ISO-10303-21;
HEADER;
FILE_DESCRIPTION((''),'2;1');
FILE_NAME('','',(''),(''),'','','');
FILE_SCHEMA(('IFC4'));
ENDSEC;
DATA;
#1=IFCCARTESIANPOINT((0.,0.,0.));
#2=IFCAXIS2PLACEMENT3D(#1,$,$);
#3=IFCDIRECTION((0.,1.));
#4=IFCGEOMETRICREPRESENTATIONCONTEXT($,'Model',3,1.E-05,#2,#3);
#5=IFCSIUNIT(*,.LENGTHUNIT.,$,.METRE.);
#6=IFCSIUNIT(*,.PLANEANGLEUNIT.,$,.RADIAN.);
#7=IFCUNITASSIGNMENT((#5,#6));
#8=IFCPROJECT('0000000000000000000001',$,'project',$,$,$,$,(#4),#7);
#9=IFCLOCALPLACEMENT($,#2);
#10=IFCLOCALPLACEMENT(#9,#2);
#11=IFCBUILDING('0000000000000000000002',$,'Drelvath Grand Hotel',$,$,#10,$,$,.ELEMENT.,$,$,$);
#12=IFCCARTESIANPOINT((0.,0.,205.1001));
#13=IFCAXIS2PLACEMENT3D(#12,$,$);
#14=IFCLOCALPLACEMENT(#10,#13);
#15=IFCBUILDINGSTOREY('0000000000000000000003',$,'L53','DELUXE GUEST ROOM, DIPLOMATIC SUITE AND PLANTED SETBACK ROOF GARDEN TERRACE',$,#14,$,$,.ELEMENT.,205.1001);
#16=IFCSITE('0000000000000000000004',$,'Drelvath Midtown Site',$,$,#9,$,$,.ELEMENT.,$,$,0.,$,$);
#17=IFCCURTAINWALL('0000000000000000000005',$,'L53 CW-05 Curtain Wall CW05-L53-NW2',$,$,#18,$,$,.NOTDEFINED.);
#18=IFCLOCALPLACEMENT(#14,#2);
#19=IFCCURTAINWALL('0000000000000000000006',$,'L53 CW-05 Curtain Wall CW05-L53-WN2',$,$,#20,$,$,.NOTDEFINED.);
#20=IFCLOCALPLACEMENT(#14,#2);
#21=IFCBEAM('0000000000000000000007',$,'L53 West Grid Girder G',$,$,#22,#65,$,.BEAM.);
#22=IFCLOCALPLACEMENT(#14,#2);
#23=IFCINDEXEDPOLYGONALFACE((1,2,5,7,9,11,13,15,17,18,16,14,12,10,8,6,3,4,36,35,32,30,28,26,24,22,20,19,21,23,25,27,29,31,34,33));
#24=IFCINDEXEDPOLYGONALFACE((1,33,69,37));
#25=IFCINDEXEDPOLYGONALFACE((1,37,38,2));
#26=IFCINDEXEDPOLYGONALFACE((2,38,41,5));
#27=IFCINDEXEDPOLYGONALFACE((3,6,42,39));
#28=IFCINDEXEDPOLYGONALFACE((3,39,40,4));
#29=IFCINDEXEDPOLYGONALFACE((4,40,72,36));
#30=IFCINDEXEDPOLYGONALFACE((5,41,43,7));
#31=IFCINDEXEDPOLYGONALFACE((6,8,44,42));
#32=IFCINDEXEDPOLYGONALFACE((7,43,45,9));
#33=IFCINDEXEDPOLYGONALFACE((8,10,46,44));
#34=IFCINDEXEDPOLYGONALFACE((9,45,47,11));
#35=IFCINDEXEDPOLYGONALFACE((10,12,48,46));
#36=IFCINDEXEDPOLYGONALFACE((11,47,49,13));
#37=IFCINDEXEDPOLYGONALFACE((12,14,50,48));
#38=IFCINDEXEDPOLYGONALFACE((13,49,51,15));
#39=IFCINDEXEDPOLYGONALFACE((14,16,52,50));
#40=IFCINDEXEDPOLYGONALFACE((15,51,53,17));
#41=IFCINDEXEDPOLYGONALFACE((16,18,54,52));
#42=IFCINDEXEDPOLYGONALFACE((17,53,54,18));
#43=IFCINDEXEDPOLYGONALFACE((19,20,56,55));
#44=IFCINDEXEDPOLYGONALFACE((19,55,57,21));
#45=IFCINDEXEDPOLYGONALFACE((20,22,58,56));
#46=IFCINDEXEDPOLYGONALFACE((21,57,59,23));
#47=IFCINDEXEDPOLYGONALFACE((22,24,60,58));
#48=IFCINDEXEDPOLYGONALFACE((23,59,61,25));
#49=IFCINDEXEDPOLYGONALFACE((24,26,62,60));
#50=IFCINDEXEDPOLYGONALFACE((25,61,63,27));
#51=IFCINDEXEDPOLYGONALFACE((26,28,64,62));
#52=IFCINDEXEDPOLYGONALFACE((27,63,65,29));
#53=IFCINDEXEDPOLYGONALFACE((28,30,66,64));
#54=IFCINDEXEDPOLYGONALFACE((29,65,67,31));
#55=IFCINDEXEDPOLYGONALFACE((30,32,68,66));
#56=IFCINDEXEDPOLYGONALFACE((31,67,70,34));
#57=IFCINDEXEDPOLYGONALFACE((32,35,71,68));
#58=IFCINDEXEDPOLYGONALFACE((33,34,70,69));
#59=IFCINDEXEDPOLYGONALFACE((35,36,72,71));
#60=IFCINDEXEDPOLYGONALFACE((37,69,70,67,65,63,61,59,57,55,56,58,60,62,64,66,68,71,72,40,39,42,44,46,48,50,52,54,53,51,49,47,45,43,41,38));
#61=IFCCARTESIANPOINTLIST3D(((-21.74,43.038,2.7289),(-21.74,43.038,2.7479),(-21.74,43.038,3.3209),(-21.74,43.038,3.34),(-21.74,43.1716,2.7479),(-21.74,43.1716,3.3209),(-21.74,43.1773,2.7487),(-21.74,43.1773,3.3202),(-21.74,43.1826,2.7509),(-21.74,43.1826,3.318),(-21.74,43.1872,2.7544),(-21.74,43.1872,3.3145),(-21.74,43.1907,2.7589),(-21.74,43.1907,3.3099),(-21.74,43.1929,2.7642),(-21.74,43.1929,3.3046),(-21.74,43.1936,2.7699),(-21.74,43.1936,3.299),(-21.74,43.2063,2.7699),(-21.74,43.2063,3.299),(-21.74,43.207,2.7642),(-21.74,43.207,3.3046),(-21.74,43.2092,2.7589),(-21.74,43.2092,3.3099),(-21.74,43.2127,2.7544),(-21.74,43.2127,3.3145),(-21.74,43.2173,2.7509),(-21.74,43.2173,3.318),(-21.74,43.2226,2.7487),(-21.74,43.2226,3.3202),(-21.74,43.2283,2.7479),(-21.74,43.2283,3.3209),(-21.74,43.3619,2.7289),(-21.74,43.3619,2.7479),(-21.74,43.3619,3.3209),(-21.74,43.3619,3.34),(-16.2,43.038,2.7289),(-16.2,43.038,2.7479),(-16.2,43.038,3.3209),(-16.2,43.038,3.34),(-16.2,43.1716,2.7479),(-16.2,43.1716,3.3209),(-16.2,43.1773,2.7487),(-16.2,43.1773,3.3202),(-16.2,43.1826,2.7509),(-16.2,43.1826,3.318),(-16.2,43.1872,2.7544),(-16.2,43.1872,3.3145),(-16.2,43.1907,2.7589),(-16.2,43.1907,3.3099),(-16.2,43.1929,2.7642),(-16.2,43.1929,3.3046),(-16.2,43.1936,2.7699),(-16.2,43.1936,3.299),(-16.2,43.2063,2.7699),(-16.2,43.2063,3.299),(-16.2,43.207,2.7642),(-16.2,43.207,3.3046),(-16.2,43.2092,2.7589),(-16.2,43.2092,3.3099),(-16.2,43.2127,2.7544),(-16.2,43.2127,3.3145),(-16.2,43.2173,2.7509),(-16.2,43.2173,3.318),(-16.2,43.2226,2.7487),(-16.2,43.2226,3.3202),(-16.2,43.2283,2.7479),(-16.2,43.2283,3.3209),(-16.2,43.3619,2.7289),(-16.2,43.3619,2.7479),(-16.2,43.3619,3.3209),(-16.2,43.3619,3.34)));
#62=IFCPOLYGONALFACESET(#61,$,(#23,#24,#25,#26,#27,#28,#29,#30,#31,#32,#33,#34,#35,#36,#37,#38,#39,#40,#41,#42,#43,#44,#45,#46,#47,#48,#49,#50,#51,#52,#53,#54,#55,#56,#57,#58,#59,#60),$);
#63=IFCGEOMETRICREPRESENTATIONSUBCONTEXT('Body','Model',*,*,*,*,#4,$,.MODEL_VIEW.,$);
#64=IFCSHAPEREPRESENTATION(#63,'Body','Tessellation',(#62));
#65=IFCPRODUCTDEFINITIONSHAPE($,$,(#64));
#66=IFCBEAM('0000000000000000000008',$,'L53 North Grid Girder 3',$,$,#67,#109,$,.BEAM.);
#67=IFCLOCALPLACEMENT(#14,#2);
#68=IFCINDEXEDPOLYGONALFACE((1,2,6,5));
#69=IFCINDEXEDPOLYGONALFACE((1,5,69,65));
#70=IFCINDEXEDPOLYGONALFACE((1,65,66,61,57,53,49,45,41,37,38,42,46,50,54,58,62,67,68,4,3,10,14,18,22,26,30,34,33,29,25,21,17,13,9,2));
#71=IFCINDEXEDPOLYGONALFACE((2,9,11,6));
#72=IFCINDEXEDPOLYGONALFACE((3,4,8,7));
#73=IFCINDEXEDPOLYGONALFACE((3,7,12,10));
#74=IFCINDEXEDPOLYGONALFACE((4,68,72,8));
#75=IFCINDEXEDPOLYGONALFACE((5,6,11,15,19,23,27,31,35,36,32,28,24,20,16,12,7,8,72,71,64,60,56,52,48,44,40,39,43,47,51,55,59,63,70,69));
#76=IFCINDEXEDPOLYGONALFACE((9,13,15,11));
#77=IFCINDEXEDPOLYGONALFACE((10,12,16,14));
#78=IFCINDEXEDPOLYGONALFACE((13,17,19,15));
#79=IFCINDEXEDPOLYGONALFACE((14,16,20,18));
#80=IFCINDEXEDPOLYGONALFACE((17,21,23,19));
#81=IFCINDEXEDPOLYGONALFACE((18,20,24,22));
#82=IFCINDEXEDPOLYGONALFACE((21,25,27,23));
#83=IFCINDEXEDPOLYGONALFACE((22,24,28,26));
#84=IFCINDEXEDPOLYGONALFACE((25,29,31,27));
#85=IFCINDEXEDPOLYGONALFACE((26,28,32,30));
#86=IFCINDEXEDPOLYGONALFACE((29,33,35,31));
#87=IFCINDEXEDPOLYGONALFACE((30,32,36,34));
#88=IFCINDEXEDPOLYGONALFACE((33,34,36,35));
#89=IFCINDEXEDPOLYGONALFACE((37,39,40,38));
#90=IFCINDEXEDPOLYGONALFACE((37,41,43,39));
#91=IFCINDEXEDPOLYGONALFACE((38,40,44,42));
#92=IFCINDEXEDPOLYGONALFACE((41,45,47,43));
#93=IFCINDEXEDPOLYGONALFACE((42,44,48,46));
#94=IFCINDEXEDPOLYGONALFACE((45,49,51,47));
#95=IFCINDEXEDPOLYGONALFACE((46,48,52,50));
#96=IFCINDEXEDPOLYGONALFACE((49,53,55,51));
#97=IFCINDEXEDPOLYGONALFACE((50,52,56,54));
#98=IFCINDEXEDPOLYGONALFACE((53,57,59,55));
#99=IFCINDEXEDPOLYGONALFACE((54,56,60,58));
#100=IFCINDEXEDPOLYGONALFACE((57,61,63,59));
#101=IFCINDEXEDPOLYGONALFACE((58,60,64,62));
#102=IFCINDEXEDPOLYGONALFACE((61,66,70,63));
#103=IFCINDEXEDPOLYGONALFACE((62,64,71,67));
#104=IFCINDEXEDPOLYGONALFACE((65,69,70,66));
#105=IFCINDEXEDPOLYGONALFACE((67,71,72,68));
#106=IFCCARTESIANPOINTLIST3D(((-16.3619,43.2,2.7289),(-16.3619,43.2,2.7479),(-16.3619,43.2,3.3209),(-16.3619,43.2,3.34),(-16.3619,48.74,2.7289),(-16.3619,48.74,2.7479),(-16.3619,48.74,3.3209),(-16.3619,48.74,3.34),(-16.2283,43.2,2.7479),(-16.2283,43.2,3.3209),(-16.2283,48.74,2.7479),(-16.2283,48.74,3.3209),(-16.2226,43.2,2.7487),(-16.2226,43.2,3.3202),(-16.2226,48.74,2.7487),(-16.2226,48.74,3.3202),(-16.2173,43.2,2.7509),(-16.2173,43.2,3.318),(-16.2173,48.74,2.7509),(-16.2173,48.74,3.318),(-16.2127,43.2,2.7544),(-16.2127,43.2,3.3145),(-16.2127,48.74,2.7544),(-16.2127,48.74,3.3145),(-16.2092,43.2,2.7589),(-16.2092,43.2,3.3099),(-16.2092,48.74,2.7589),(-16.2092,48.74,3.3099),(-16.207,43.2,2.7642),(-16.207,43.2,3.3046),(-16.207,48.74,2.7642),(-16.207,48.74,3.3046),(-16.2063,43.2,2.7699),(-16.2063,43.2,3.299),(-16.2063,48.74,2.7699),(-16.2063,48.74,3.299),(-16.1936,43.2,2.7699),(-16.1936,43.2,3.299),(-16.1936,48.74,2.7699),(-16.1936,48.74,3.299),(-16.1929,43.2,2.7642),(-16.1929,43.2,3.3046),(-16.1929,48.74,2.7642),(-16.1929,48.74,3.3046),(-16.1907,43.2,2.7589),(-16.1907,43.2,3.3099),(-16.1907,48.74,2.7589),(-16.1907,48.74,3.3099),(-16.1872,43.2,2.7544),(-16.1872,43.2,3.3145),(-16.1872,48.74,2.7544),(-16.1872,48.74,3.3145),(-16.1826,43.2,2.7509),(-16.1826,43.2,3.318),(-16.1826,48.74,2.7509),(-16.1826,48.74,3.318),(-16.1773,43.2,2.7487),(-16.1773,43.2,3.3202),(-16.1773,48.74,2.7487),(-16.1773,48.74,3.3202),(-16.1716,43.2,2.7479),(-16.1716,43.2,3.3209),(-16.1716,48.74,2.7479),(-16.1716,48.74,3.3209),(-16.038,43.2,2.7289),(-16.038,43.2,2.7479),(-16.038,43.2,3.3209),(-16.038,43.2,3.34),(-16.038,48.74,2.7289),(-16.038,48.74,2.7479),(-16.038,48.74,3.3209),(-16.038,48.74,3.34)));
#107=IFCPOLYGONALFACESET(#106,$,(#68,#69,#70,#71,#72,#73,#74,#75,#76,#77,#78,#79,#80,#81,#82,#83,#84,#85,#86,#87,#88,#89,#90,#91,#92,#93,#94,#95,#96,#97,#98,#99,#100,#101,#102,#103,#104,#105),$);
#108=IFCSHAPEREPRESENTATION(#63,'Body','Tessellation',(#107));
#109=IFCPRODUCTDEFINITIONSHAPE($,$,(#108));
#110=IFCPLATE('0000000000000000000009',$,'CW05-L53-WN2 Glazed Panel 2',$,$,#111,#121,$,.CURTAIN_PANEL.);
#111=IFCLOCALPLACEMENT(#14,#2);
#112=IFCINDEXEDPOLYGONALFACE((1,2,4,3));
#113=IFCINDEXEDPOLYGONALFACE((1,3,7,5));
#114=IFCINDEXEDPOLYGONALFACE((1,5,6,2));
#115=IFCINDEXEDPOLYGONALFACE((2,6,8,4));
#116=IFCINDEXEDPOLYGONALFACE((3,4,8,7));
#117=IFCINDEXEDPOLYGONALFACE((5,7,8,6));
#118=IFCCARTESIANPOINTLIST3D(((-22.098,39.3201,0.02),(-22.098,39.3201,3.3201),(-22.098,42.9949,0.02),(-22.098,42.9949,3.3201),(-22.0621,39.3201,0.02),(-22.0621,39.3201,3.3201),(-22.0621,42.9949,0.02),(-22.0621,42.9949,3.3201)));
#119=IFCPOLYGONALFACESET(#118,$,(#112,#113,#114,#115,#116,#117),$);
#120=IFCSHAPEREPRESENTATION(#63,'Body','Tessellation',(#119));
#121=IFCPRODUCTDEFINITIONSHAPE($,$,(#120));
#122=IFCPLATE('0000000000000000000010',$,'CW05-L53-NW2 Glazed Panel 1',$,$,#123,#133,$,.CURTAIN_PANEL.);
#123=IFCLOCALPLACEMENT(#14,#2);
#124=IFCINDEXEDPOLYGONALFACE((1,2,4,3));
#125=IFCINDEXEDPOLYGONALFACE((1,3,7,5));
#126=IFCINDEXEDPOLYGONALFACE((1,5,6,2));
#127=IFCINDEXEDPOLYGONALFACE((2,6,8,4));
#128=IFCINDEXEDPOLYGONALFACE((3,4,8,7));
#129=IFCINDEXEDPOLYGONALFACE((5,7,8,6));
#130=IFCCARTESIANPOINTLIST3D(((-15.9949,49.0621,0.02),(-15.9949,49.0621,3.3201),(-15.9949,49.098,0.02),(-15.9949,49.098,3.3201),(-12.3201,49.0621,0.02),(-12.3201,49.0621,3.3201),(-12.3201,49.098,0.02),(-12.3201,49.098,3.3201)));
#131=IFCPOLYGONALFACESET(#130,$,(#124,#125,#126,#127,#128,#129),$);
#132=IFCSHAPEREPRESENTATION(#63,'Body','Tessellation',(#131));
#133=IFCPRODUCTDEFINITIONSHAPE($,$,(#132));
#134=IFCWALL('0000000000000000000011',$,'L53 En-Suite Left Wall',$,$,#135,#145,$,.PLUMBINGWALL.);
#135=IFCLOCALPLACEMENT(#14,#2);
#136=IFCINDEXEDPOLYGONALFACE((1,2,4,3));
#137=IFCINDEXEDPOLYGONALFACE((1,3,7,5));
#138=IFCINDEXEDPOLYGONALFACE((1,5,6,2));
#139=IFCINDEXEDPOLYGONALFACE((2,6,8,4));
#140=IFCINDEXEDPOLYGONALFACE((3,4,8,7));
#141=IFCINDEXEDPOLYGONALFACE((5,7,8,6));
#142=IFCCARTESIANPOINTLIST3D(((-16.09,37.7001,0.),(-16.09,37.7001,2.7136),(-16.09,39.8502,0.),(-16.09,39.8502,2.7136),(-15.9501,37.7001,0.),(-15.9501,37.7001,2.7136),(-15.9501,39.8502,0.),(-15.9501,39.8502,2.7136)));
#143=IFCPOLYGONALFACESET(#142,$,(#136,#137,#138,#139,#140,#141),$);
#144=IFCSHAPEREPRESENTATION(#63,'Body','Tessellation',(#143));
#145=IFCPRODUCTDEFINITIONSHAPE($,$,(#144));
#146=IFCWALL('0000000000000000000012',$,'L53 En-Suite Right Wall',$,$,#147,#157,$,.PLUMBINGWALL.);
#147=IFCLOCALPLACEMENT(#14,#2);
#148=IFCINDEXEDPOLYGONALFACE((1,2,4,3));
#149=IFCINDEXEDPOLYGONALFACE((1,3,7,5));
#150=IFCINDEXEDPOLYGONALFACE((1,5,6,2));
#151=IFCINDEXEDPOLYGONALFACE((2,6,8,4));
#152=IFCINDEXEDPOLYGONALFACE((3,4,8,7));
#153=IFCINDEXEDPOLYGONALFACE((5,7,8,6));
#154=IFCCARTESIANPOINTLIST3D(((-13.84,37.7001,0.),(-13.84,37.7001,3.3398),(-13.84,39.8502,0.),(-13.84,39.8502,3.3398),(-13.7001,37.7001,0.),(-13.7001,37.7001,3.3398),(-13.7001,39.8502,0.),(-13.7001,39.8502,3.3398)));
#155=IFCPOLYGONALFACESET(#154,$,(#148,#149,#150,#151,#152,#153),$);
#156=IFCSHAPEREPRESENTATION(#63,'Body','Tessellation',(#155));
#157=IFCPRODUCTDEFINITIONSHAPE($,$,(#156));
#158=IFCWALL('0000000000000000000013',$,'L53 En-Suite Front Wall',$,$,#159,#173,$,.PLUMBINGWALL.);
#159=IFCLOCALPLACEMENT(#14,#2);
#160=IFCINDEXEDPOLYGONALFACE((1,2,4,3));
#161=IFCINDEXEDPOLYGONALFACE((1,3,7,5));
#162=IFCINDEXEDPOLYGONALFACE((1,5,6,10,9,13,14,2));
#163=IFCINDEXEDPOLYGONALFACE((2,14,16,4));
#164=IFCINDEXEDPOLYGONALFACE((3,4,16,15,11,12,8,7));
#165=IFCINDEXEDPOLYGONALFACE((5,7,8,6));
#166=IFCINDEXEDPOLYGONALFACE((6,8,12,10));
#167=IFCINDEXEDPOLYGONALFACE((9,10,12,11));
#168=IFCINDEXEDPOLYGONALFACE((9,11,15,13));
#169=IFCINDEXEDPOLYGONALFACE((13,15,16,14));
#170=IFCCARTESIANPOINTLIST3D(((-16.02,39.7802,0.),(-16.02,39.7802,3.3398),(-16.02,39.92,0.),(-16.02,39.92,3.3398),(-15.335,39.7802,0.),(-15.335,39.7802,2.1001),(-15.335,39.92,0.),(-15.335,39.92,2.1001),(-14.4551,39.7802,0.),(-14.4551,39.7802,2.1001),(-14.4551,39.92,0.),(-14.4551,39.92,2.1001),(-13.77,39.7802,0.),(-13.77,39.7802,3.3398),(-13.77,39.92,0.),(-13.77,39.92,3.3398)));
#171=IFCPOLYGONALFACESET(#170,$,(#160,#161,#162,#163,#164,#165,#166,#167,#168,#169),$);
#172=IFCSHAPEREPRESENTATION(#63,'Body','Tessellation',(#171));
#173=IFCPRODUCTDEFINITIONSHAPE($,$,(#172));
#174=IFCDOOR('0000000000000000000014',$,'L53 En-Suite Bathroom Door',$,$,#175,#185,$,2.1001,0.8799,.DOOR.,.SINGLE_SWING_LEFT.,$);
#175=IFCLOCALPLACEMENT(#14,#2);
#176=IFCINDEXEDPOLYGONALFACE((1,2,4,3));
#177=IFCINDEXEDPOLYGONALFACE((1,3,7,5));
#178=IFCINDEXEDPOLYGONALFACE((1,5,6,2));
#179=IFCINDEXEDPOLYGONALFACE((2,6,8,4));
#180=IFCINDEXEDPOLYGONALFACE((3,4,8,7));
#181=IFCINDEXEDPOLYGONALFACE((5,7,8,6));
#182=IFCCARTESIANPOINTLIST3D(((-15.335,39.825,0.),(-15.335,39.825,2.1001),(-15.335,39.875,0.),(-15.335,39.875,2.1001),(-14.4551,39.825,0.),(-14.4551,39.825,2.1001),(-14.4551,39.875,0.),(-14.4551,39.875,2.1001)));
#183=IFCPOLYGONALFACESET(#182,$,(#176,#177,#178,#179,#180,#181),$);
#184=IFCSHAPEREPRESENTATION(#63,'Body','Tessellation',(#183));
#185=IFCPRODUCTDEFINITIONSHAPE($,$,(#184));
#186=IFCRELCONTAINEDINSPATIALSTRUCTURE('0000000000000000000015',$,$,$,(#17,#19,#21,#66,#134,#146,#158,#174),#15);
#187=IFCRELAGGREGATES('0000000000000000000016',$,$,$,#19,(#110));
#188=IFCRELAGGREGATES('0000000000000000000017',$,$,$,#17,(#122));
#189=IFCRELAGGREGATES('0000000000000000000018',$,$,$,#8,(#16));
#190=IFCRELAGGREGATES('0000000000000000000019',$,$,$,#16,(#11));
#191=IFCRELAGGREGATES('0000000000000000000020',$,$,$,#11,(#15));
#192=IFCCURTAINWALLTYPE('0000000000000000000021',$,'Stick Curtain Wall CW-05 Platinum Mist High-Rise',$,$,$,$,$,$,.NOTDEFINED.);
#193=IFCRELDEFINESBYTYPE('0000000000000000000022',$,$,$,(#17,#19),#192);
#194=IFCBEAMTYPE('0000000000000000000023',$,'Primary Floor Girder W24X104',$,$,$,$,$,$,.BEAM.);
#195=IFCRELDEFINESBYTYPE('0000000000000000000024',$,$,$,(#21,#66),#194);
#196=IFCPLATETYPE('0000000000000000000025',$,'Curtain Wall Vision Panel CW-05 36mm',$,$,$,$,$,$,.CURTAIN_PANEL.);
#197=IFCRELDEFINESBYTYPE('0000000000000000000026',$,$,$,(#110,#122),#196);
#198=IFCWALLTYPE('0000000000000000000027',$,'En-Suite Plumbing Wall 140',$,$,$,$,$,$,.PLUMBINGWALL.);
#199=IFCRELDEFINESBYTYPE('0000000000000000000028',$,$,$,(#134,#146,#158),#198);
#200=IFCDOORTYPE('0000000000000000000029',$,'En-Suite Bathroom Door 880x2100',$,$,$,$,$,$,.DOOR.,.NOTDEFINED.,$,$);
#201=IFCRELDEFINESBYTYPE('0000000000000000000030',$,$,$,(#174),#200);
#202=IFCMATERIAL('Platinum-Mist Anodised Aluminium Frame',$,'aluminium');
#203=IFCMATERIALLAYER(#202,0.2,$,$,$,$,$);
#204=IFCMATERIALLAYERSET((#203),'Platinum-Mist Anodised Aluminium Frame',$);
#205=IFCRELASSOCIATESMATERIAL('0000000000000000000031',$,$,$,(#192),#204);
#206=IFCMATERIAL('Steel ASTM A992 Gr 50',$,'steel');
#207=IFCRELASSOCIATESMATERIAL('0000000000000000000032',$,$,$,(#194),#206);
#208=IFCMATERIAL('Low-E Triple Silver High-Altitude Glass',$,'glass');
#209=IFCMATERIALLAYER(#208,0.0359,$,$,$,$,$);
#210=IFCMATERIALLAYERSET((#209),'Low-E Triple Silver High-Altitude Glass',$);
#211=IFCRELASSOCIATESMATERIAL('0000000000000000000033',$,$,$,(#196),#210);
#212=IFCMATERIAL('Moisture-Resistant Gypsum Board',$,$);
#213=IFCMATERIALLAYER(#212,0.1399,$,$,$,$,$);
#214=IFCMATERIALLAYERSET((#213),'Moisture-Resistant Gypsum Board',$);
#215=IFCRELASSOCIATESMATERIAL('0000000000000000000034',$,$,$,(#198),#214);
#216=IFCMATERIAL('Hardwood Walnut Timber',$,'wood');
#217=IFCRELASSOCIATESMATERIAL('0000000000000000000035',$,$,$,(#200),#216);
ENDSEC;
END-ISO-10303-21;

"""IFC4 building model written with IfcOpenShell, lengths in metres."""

from ifc_helpers import new_model, si_unit, direction, frame, frame_2d, origin, origin_2d, place, context, subcontext, project, spatial, rectangle, i_section, extrude, material, layer, layer_set, material_profile, profile_set, type_object, element, fill, aggregate, save


model = new_model("IFC4")

# Units and contexts
model_context = context("Model", 3, precision=1e-05, world=origin(), true_north=direction((0.0, 1.0)))
body_context = subcontext(model_context, "Body", "Model", "MODEL_VIEW")
ifc_project = project(units=[si_unit("LENGTHUNIT", "METRE"), si_unit("PLANEANGLEUNIT", "RADIAN")], contexts=[model_context])

# Site, building, storey
site_placement = place(None, origin())
site = spatial("IfcSite", under=ifc_project, at=site_placement, Name="Drelvath Midtown Site", CompositionType="ELEMENT", RefElevation=0.0)
building_placement = place(site_placement, origin())
building = spatial("IfcBuilding", under=site, at=building_placement, Name="Drelvath Grand Hotel", CompositionType="ELEMENT")
storey_placement = place(building_placement, frame((0.0, 0.0, 205.1001)))
storey = spatial("IfcBuildingStorey", under=building, at=storey_placement, Name="L53", Description="DELUXE GUEST ROOM, DIPLOMATIC SUITE AND PLANTED SETBACK ROOF GARDEN TERRACE", CompositionType="ELEMENT", Elevation=205.1001)

# Shared definitions
ifc_material_1 = material(Name="Steel ASTM A992 Gr 50", Category="steel")

# Curtain wall
ifc_material_2 = material(Name="Platinum-Mist Anodised Aluminium Frame", Category="aluminium")
ifc_layer_1 = layer(ifc_material_2, 0.2)
ifc_layer_set_1 = layer_set([ifc_layer_1], Name="Platinum-Mist Anodised Aluminium Frame")
curtain_wall_type = type_object("IfcCurtainWallType", Name="Stick Curtain Wall CW-05 Platinum Mist High-Rise", PredefinedType="NOTDEFINED", material=ifc_layer_set_1)
curtain_wall_1_placement = place(storey_placement, origin())
curtain_wall_1 = element("IfcCurtainWall", 1, at=curtain_wall_1_placement, inside=storey, type_object=curtain_wall_type, Name="L53 CW-05 Curtain Wall CW05-L53-NW2", PredefinedType="NOTDEFINED")

# Curtain wall
curtain_wall_2_placement = place(storey_placement, origin())
curtain_wall_2 = element("IfcCurtainWall", 2, at=curtain_wall_2_placement, inside=storey, type_object=curtain_wall_type, Name="L53 CW-05 Curtain Wall CW05-L53-WN2", PredefinedType="NOTDEFINED")

# Beams
ifc_material_profile_1 = material_profile(ifc_material_1, i_section(OverallWidth=0.324, OverallDepth=0.6111, WebThickness=0.0127, FlangeThickness=0.019, FilletRadius=0.022, at=origin_2d()), Name="W24X104")
ifc_profile_set_1 = profile_set([ifc_material_profile_1], Name="Steel ASTM A992 Gr 50")
beam_type_1 = type_object("IfcBeamType", Name="Primary Floor Girder W24X104", PredefinedType="BEAM", material=ifc_profile_set_1)
for number, where, z_axis, x_axis, name in (
    (3, (-21.74, 43.2, 3.0344), (1.0, 0.0, 0.0), (0.0, 1.0, 0.0), "L53 West Grid Girder G"),
    (4, (-16.2, 43.2, 3.0344), (0.0, 1.0, 0.0), (-1.0, 0.0, 0.0), "L53 North Grid Girder 3"),
):
    element("IfcBeam", number, at=place(storey_placement, frame(where, z_axis=z_axis, x_axis=x_axis)), inside=storey, type_object=beam_type_1, Name=name, PredefinedType="BEAM", context=body_context, shape_type="SweptSolid", body=[
        extrude(i_section(OverallWidth=0.324, OverallDepth=0.6111, WebThickness=0.0127, FlangeThickness=0.019, FilletRadius=0.022, at=origin_2d()), origin(), (0.0, 0.0, 1.0), 5.54),
    ])

# Plates
ifc_material_3 = material(Name="Low-E Triple Silver High-Altitude Glass", Category="glass")
ifc_layer_2 = layer(ifc_material_3, 0.0359)
ifc_layer_set_2 = layer_set([ifc_layer_2], Name="Low-E Triple Silver High-Altitude Glass")
plate_type = type_object("IfcPlateType", Name="Curtain Wall Vision Panel CW-05 36mm", PredefinedType="CURTAIN_PANEL", material=ifc_layer_set_2)
plate_1_placement = place(storey_placement, frame((-22.0801, 41.1575, 0.02), z_axis=(0.0, 0.0, 1.0), x_axis=(0.0, 1.0, 0.0)))
plate_1 = element("IfcPlate", 5, at=plate_1_placement, type_object=plate_type, Name="CW05-L53-WN2 Glazed Panel 2", PredefinedType="CURTAIN_PANEL", context=body_context, shape_type="SweptSolid", body=[
    extrude(rectangle(XDim=3.6748, YDim=0.0359, at=origin_2d()), origin(), (0.0, 0.0, 1.0), 3.3),
])
aggregate(curtain_wall_2, [plate_1])
plate_2_placement = place(storey_placement, frame((-14.1575, 49.0801, 0.02), z_axis=(0.0, 0.0, 1.0), x_axis=(1.0, 0.0, 0.0)))
plate_2 = element("IfcPlate", 6, at=plate_2_placement, type_object=plate_type, Name="CW05-L53-NW2 Glazed Panel 1", PredefinedType="CURTAIN_PANEL", context=body_context, shape_type="SweptSolid", body=[
    extrude(rectangle(XDim=3.6748, YDim=0.0359, at=origin_2d()), origin(), (0.0, 0.0, 1.0), 3.3),
])
aggregate(curtain_wall_1, [plate_2])

# Walls
ifc_material_4 = material(Name="Moisture-Resistant Gypsum Board")
ifc_layer_3 = layer(ifc_material_4, 0.1399)
ifc_layer_set_3 = layer_set([ifc_layer_3], Name="Moisture-Resistant Gypsum Board")
wall_type_1 = type_object("IfcWallType", Name="En-Suite Plumbing Wall 140", PredefinedType="PLUMBINGWALL", material=ifc_layer_set_3)
wall_1_placement = place(storey_placement, frame((-16.02, 37.7, 0.0), z_axis=(0.0, 0.0, 1.0), x_axis=(0.0, 1.0, 0.0)))
element("IfcWall", 7, at=wall_1_placement, inside=storey, type_object=wall_type_1, Name="L53 En-Suite Left Wall", PredefinedType="PLUMBINGWALL", context=body_context, shape_type="SweptSolid", body=[
    extrude(rectangle(XDim=2.1501, YDim=0.1399, at=frame_2d((1.0752, 0.0))), origin(), (0.0, 0.0, 1.0), 2.7136),
])
wall_2_placement = place(storey_placement, frame((-13.77, 37.7, 0.0), z_axis=(0.0, 0.0, 1.0), x_axis=(0.0, 1.0, 0.0)))
element("IfcWall", 8, at=wall_2_placement, inside=storey, type_object=wall_type_1, Name="L53 En-Suite Right Wall", PredefinedType="PLUMBINGWALL", context=body_context, shape_type="SweptSolid", body=[
    extrude(rectangle(XDim=2.1501, YDim=0.1399, at=frame_2d((1.0752, 0.0))), origin(), (0.0, 0.0, 1.0), 3.3398),
])

# Wall, opening, door
wall_3_placement = place(storey_placement, frame((-16.02, 39.8501, 0.0), z_axis=(0.0, 0.0, 1.0), x_axis=(1.0, 0.0, 0.0)))
wall_3 = element("IfcWall", 9, at=wall_3_placement, inside=storey, type_object=wall_type_1, Name="L53 En-Suite Front Wall", PredefinedType="PLUMBINGWALL", context=body_context, shape_type="SweptSolid", body=[
    extrude(rectangle(XDim=2.25, YDim=0.1399, at=frame_2d((1.125, 0.0))), origin(), (0.0, 0.0, 1.0), 3.3398),
])
opening_placement = place(wall_3_placement, frame((0.6851, 0.0, 0.0)))
opening = element("IfcOpeningElement", 10, at=opening_placement, cuts=wall_3, PredefinedType="OPENING", context=body_context, shape_type="SweptSolid", body=[
    extrude(rectangle(XDim=0.8799, YDim=2.1001, at=frame_2d((0.4399, 1.05))), frame((0.0, 0.0798, 0.0), z_axis=(0.0, -1.0, 0.0), x_axis=(1.0, 0.0, 0.0)), (0.0, 0.0, 1.0), 0.1599),
])
ifc_material_5 = material(Name="Hardwood Walnut Timber", Category="wood")
door_type = type_object("IfcDoorType", Name="En-Suite Bathroom Door 880x2100", OperationType="NOTDEFINED", PredefinedType="DOOR", material=ifc_material_5)
door_placement = place(opening_placement, origin())
door = element("IfcDoor", 11, at=door_placement, inside=storey, type_object=door_type, Name="L53 En-Suite Bathroom Door", OperationType="SINGLE_SWING_LEFT", OverallHeight=2.1001, OverallWidth=0.8799, PredefinedType="DOOR", context=body_context, shape_type="SweptSolid", body=[
    extrude(rectangle(XDim=0.8799, YDim=2.1001, at=frame_2d((0.4399, 1.05))), frame((0.0, 0.0249, 0.0), z_axis=(0.0, -1.0, 0.0), x_axis=(1.0, 0.0, 0.0)), (0.0, 0.0, 1.0), 0.05),
])
fill(opening, door)

save(model, "model.ifc")
